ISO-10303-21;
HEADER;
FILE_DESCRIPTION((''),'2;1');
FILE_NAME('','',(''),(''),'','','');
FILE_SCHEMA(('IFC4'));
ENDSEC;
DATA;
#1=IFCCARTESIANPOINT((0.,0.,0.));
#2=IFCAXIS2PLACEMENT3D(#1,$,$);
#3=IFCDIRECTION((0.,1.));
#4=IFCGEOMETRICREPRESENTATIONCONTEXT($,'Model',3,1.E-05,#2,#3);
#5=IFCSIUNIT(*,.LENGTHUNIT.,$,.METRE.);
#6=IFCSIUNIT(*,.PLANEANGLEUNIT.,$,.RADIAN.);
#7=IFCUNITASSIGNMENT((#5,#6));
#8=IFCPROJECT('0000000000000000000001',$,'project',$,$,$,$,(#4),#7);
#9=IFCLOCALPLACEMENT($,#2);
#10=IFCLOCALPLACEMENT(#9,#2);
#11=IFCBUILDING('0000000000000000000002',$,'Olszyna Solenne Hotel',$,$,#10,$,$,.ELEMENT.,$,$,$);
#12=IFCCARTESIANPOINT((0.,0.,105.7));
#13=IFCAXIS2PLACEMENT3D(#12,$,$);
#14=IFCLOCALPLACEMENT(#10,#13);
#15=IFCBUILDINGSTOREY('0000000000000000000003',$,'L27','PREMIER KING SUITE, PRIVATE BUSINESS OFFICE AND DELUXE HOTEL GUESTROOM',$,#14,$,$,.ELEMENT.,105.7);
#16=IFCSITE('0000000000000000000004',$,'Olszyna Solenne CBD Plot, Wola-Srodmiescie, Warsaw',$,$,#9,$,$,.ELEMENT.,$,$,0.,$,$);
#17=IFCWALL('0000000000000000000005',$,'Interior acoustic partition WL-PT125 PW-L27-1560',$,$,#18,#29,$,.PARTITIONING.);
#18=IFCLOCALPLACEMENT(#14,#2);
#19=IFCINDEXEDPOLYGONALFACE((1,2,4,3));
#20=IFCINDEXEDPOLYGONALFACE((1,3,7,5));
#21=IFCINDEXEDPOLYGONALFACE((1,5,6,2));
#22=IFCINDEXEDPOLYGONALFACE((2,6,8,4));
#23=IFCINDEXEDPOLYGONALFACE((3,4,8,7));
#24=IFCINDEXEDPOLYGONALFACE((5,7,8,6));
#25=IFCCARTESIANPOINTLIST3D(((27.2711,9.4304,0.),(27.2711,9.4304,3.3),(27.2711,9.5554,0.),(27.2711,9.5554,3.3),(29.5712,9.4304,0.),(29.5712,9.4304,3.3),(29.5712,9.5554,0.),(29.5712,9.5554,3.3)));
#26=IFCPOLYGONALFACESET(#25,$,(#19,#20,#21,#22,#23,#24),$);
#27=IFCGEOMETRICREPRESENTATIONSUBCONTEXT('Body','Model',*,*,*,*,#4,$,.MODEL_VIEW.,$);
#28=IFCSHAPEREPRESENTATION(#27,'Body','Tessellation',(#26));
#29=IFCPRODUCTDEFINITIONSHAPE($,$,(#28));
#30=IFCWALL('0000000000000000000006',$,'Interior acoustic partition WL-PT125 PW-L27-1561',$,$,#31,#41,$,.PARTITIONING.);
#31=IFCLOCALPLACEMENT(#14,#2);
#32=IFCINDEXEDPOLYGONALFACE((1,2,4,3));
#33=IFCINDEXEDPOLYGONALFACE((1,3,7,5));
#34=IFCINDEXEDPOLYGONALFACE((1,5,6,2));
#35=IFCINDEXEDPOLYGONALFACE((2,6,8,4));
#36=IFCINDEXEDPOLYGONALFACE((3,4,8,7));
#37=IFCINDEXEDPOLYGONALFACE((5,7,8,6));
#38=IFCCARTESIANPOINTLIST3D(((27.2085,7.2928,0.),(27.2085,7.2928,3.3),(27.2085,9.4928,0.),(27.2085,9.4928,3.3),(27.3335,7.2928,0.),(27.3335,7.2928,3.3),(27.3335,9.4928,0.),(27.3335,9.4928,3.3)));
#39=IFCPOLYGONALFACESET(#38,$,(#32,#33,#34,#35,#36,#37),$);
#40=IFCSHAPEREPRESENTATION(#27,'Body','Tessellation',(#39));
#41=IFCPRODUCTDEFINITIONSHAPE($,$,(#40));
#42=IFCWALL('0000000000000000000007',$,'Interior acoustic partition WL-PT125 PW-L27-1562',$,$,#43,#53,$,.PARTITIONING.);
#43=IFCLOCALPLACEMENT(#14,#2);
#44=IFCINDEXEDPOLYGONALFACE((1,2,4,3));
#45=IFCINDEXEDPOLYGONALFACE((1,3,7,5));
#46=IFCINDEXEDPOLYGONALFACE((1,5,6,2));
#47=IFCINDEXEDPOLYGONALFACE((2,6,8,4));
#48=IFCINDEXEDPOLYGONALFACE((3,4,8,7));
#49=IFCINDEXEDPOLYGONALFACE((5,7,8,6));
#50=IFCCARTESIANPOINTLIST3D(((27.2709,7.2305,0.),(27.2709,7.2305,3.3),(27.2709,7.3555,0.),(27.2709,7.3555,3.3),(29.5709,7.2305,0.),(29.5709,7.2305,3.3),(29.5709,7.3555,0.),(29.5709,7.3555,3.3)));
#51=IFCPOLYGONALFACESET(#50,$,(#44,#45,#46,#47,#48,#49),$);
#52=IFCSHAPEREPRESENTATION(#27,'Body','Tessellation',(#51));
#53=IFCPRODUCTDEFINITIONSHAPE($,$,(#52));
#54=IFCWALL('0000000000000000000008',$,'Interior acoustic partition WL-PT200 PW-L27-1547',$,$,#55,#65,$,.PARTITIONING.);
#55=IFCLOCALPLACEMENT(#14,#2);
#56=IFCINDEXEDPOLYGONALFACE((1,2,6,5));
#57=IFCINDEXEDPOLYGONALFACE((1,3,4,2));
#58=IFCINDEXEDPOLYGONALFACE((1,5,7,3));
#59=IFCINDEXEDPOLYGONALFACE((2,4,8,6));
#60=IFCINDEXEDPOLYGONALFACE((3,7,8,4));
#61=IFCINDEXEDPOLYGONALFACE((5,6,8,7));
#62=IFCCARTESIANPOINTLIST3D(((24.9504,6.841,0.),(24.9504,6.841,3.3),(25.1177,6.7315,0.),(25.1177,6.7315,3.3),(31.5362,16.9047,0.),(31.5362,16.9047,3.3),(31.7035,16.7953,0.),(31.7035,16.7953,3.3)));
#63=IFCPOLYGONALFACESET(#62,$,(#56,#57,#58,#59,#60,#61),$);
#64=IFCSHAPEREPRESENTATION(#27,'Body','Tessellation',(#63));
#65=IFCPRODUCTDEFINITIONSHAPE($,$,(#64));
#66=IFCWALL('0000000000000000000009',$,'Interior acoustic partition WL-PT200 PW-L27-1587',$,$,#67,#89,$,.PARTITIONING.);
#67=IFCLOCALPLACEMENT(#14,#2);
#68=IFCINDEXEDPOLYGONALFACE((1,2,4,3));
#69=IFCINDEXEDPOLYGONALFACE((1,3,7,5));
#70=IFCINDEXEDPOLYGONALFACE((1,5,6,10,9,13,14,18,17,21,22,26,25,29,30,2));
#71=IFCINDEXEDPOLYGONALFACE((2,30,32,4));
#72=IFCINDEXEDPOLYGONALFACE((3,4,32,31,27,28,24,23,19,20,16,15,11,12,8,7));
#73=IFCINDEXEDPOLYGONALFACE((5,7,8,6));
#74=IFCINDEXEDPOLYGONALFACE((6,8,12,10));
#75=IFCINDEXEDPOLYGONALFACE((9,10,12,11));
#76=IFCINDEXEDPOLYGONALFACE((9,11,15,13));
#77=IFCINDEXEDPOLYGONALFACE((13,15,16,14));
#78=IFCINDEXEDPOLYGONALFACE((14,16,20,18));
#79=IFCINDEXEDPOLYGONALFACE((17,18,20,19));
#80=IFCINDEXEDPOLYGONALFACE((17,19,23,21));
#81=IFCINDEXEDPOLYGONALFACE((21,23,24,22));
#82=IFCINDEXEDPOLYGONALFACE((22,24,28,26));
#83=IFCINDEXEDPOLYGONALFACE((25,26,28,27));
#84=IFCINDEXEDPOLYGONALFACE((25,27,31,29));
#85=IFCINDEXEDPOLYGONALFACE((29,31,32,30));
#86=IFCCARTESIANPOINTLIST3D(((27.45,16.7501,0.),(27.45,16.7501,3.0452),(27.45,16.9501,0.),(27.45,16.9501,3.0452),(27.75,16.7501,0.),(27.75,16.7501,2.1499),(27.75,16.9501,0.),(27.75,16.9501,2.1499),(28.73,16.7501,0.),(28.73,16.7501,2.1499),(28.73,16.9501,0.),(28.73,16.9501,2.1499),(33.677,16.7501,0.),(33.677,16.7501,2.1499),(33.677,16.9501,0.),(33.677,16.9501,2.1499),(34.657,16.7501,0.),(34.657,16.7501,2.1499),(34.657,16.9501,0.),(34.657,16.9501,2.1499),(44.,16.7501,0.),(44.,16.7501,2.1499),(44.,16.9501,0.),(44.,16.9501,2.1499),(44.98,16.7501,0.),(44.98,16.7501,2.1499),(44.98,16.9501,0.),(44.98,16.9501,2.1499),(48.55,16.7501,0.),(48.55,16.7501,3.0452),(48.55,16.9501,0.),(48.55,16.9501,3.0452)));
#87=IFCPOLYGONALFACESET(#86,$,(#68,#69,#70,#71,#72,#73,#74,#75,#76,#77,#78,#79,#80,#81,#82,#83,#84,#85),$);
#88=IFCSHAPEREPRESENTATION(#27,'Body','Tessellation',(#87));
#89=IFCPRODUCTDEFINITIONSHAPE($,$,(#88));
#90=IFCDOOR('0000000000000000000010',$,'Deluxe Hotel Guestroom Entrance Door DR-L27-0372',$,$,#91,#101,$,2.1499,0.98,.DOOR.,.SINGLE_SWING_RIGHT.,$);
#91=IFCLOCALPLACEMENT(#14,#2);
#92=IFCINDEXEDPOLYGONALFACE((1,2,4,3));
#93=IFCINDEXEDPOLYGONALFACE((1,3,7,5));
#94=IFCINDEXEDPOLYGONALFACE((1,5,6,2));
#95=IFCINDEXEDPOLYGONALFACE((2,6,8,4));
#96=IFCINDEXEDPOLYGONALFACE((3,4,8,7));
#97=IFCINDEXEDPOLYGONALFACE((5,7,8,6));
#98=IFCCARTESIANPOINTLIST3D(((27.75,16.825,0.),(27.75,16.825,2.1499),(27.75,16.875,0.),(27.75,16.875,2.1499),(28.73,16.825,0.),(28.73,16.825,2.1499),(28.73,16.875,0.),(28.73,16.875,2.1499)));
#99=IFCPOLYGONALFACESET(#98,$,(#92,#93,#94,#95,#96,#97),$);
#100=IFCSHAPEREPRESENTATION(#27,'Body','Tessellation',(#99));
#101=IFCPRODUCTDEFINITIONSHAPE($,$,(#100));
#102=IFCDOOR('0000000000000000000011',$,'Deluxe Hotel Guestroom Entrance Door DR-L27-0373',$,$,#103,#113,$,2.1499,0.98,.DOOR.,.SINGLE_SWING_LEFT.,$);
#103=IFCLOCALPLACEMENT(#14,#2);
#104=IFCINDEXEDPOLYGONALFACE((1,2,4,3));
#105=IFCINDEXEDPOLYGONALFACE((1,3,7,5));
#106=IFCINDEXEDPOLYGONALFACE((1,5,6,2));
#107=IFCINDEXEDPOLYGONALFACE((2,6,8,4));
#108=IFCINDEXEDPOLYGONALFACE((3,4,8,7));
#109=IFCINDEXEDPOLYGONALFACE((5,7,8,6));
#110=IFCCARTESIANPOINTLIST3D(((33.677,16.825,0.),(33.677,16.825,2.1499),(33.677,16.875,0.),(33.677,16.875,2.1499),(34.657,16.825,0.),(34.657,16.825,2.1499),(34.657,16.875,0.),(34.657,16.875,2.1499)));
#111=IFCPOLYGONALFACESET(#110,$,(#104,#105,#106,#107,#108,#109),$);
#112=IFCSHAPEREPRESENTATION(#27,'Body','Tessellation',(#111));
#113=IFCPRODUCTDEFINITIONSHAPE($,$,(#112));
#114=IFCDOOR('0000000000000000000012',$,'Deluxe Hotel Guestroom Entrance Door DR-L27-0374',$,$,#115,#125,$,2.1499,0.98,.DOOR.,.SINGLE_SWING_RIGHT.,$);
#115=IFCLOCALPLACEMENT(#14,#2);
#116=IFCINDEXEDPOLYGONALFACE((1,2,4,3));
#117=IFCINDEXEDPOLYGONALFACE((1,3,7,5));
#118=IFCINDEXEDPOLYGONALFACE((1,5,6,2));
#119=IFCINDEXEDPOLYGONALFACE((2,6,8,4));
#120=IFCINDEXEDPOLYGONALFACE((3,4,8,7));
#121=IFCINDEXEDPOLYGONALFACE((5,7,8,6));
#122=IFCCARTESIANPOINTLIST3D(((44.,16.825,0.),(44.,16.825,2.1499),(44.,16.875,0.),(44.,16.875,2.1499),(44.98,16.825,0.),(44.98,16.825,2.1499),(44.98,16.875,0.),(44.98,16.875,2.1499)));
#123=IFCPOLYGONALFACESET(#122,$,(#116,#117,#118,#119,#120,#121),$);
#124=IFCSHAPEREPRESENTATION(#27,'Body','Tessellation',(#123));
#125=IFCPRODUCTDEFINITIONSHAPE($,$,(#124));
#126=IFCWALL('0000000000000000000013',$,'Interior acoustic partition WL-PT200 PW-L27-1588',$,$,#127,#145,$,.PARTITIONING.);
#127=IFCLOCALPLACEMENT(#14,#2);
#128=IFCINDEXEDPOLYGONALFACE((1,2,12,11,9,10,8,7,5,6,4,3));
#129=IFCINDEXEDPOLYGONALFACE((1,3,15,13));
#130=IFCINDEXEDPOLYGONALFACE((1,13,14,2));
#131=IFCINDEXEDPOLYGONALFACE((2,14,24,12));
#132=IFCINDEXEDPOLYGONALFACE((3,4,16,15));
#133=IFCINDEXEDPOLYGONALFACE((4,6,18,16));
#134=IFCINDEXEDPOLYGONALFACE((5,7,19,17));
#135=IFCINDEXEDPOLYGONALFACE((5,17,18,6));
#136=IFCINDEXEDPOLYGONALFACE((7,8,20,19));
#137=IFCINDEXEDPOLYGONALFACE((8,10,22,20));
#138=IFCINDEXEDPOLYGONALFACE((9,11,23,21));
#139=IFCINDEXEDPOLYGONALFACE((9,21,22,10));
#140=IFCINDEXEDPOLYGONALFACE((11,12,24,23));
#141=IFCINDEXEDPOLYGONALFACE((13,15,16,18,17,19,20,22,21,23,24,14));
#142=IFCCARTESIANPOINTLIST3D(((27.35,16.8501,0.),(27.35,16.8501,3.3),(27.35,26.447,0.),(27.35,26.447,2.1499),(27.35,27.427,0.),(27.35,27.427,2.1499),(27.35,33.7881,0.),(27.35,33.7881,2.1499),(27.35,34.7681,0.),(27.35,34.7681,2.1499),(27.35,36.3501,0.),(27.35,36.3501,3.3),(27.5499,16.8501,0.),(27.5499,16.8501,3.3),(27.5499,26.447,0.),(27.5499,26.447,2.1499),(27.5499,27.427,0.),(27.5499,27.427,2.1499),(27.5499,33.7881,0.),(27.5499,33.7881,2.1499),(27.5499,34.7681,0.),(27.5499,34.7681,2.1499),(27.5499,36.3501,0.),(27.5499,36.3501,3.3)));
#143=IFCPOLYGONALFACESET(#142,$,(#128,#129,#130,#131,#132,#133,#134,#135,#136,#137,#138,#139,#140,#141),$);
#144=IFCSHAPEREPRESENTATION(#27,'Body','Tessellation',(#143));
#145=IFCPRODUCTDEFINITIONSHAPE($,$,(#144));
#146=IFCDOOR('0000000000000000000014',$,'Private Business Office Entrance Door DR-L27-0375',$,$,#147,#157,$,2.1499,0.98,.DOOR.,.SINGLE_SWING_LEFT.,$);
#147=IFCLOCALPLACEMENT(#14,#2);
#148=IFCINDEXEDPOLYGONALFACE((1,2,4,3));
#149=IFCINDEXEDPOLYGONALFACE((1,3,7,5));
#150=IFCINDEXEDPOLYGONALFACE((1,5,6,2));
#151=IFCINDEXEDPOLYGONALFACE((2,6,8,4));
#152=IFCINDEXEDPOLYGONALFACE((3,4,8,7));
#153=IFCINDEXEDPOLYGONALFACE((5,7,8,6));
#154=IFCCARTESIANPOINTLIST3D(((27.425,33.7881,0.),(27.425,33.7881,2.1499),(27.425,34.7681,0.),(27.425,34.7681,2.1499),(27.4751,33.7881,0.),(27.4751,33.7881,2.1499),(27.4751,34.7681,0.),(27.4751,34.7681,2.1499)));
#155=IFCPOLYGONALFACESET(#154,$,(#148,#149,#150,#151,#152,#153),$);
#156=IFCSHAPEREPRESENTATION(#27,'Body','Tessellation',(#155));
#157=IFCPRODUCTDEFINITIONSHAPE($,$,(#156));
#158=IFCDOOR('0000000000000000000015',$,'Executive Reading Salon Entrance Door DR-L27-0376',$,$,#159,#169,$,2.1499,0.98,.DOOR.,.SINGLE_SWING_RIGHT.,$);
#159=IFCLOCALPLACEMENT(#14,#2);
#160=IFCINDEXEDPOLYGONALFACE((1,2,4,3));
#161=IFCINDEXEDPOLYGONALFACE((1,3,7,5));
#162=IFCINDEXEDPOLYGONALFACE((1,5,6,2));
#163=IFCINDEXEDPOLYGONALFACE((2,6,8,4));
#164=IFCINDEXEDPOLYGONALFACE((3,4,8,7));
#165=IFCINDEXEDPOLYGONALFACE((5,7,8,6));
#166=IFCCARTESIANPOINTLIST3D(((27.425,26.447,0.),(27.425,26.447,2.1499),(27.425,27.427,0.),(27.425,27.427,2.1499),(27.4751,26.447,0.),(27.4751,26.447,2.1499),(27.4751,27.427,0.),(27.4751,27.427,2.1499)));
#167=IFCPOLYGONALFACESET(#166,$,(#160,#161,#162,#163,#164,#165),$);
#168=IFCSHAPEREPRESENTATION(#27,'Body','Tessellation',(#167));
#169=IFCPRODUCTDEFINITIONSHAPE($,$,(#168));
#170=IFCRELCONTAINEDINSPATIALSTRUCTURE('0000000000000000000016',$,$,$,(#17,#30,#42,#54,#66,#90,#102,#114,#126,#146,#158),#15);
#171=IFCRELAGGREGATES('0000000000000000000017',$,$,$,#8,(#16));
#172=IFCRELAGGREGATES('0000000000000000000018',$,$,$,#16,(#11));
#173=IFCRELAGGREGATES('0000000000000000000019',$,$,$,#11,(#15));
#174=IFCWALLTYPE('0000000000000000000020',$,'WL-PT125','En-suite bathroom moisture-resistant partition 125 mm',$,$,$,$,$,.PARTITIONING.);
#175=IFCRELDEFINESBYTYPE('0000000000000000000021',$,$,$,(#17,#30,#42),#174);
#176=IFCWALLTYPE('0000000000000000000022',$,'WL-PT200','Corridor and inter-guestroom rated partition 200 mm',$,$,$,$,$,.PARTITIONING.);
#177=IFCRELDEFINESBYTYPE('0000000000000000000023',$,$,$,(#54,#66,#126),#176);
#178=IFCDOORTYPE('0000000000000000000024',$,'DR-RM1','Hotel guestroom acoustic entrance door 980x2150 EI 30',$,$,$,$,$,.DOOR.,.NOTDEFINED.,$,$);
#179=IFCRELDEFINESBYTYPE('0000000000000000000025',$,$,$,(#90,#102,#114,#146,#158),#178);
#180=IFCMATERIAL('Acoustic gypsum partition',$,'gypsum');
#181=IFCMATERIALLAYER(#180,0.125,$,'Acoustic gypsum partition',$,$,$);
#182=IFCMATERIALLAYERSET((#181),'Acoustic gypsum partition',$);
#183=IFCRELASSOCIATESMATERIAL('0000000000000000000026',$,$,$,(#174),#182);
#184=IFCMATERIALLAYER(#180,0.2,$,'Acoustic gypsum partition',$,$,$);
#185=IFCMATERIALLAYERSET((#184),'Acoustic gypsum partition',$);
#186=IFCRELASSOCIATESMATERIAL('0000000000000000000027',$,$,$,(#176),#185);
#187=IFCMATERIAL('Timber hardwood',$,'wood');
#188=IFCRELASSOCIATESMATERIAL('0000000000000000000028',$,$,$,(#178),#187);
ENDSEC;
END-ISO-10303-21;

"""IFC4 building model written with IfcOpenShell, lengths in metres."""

from ifc_helpers import new_model, si_unit, direction, frame, frame_2d, origin, place, context, subcontext, project, spatial, rectangle, extrude, source, transform, mapped, material, layer, layer_set, type_object, type_shapes, element, fill, save


model = new_model("IFC4")

# Units and contexts
model_context = context("Model", 3, precision=1e-05, world=origin(), true_north=direction((0.0, 1.0)))
body_context = subcontext(model_context, "Body", "Model", "MODEL_VIEW")
ifc_project = project(units=[si_unit("LENGTHUNIT", "METRE"), si_unit("PLANEANGLEUNIT", "RADIAN")], contexts=[model_context])

# Site, building, storey
site_placement = place(None, origin())
site = spatial("IfcSite", under=ifc_project, at=site_placement, Name="Olszyna Solenne CBD Plot, Wola-Srodmiescie, Warsaw", CompositionType="ELEMENT", RefElevation=0.0)
building_placement = place(site_placement, origin())
building = spatial("IfcBuilding", under=site, at=building_placement, Name="Olszyna Solenne Hotel", CompositionType="ELEMENT")
storey_placement = place(building_placement, frame((0.0, 0.0, 105.7)))
storey = spatial("IfcBuildingStorey", under=building, at=storey_placement, Name="L27", Description="PREMIER KING SUITE, PRIVATE BUSINESS OFFICE AND DELUXE HOTEL GUESTROOM", CompositionType="ELEMENT", Elevation=105.7)

# Shared definitions
ifc_material_1 = material(Name="Timber hardwood", Category="wood")

# Shared definitions
ifc_material_2 = material(Name="Acoustic gypsum partition", Category="gypsum")
ifc_layer_1 = layer(ifc_material_2, 0.125, Name="Acoustic gypsum partition")
ifc_layer_set_1 = layer_set([ifc_layer_1], Name="Acoustic gypsum partition")
wall_type_1 = type_object("IfcWallType", Name="WL-PT125", Description="En-suite bathroom moisture-resistant partition 125 mm", PredefinedType="PARTITIONING", material=ifc_layer_set_1)

# Walls
wall_1_placement = place(storey_placement, frame((29.571, 9.4929, 0.0), z_axis=(0.0, 0.0, 1.0), x_axis=(-1.0, 0.0, 0.0)))
element("IfcWall", 1, at=wall_1_placement, inside=storey, type_object=wall_type_1, Name="Interior acoustic partition WL-PT125 PW-L27-1560", PredefinedType="PARTITIONING", context=body_context, shape_type="SweptSolid", body=[
    extrude(rectangle(XDim=2.3, YDim=0.125, at=frame_2d((1.1499, 0.0))), origin(), (0.0, 0.0, 1.0), 3.3),
])
wall_2_placement = place(storey_placement, frame((27.271, 9.4929, 0.0), z_axis=(0.0, 0.0, 1.0), x_axis=(0.0, -1.0, 0.0)))
element("IfcWall", 2, at=wall_2_placement, inside=storey, type_object=wall_type_1, Name="Interior acoustic partition WL-PT125 PW-L27-1561", PredefinedType="PARTITIONING", context=body_context, shape_type="SweptSolid", body=[
    extrude(rectangle(XDim=2.2, YDim=0.125, at=frame_2d((1.1001, 0.0))), origin(), (0.0, 0.0, 1.0), 3.3),
])
wall_3_placement = place(storey_placement, frame((27.271, 7.293, 0.0), z_axis=(0.0, 0.0, 1.0), x_axis=(1.0, 0.0, 0.0)))
element("IfcWall", 3, at=wall_3_placement, inside=storey, type_object=wall_type_1, Name="Interior acoustic partition WL-PT125 PW-L27-1562", PredefinedType="PARTITIONING", context=body_context, shape_type="SweptSolid", body=[
    extrude(rectangle(XDim=2.3, YDim=0.125, at=frame_2d((1.1499, 0.0))), origin(), (0.0, 0.0, 1.0), 3.3),
])
ifc_layer_2 = layer(ifc_material_2, 0.2, Name="Acoustic gypsum partition")
ifc_layer_set_2 = layer_set([ifc_layer_2], Name="Acoustic gypsum partition")
wall_type_2 = type_object("IfcWallType", Name="WL-PT200", Description="Corridor and inter-guestroom rated partition 200 mm", PredefinedType="PARTITIONING", material=ifc_layer_set_2)
wall_4_placement = place(storey_placement, frame((31.6199, 16.8501, 0.0), z_axis=(0.0, 0.0, 1.0), x_axis=(-0.547574, -0.836757, 0.0)))
element("IfcWall", 4, at=wall_4_placement, inside=storey, type_object=wall_type_2, Name="Interior acoustic partition WL-PT200 PW-L27-1547", PredefinedType="PARTITIONING", context=body_context, shape_type="SweptSolid", body=[
    extrude(rectangle(XDim=12.0271, YDim=0.2, at=frame_2d((6.0137, 0.0))), origin(), (0.0, 0.0, 1.0), 3.3),
])

# Walls, openings, doors
wall_5_placement = place(storey_placement, frame((27.45, 16.8501, 0.0), z_axis=(0.0, 0.0, 1.0), x_axis=(1.0, 0.0, 0.0)))
wall_5 = element("IfcWall", 5, at=wall_5_placement, inside=storey, type_object=wall_type_2, Name="Interior acoustic partition WL-PT200 PW-L27-1587", PredefinedType="PARTITIONING", context=body_context, shape_type="SweptSolid", body=[
    extrude(rectangle(XDim=21.1001, YDim=0.2, at=frame_2d((10.55, 0.0))), origin(), (0.0, 0.0, 1.0), 3.0452),
])
opening_1_placement = place(wall_5_placement, frame((0.3, 0.0, 0.0)))
opening_1 = element("IfcOpeningElement", 6, at=opening_1_placement, cuts=wall_5, PredefinedType="OPENING", context=body_context, shape_type="SweptSolid", body=[
    extrude(rectangle(XDim=0.98, YDim=2.1499, at=frame_2d((0.49, 1.075))), frame((0.0, 0.1099, 0.0), z_axis=(0.0, -1.0, 0.0), x_axis=(1.0, 0.0, 0.0)), (0.0, 0.0, 1.0), 0.22),
])
opening_2_placement = place(wall_5_placement, frame((6.2271, 0.0, 0.0)))
opening_2 = element("IfcOpeningElement", 7, at=opening_2_placement, cuts=wall_5, PredefinedType="OPENING", context=body_context, shape_type="SweptSolid", body=[
    extrude(rectangle(XDim=0.98, YDim=2.1499, at=frame_2d((0.49, 1.075))), frame((0.0, 0.1099, 0.0), z_axis=(0.0, -1.0, 0.0), x_axis=(1.0, 0.0, 0.0)), (0.0, 0.0, 1.0), 0.22),
])
opening_3_placement = place(wall_5_placement, frame((16.55, 0.0, 0.0)))
opening_3 = element("IfcOpeningElement", 8, at=opening_3_placement, cuts=wall_5, PredefinedType="OPENING", context=body_context, shape_type="SweptSolid", body=[
    extrude(rectangle(XDim=0.98, YDim=2.1499, at=frame_2d((0.49, 1.075))), frame((0.0, 0.1099, 0.0), z_axis=(0.0, -1.0, 0.0), x_axis=(1.0, 0.0, 0.0)), (0.0, 0.0, 1.0), 0.22),
])
door_type_1 = type_object("IfcDoorType", Name="DR-RM1", Description="Hotel guestroom acoustic entrance door 980x2150 EI 30", OperationType="NOTDEFINED", PredefinedType="DOOR", material=ifc_material_1)
shared_shape_1 = source(origin(), body_context, "Body", "SweptSolid", [
    extrude(rectangle(XDim=0.98, YDim=2.1499, at=frame_2d((0.49, 1.075))), frame((0.0, 0.0249, 0.0), z_axis=(0.0, -1.0, 0.0), x_axis=(1.0, 0.0, 0.0)), (0.0, 0.0, 1.0), 0.05),
])
type_shapes(door_type_1, [shared_shape_1])
door_1_placement = place(opening_1_placement, origin())
door_1 = element("IfcDoor", 9, at=door_1_placement, inside=storey, type_object=door_type_1, Name="Deluxe Hotel Guestroom Entrance Door DR-L27-0372", OperationType="SINGLE_SWING_RIGHT", OverallHeight=2.1499, OverallWidth=0.98, PredefinedType="DOOR", context=body_context, shape_type="MappedRepresentation", body=[
    mapped(shared_shape_1, transform((0.0, 0.0, 0.0), x_axis=(1.0, 0.0, 0.0), y_axis=(0.0, 1.0, 0.0), z_axis=(0.0, 0.0, 1.0), scale=1.0)),
])
fill(opening_1, door_1)
door_2_placement = place(opening_2_placement, origin())
door_2 = element("IfcDoor", 10, at=door_2_placement, inside=storey, type_object=door_type_1, Name="Deluxe Hotel Guestroom Entrance Door DR-L27-0373", OperationType="SINGLE_SWING_LEFT", OverallHeight=2.1499, OverallWidth=0.98, PredefinedType="DOOR", context=body_context, shape_type="MappedRepresentation", body=[
    mapped(shared_shape_1, transform((0.0, 0.0, 0.0), x_axis=(1.0, 0.0, 0.0), y_axis=(0.0, 1.0, 0.0), z_axis=(0.0, 0.0, 1.0), scale=1.0)),
])
fill(opening_2, door_2)
door_3_placement = place(opening_3_placement, origin())
door_3 = element("IfcDoor", 11, at=door_3_placement, inside=storey, type_object=door_type_1, Name="Deluxe Hotel Guestroom Entrance Door DR-L27-0374", OperationType="SINGLE_SWING_RIGHT", OverallHeight=2.1499, OverallWidth=0.98, PredefinedType="DOOR", context=body_context, shape_type="MappedRepresentation", body=[
    mapped(shared_shape_1, transform((0.0, 0.0, 0.0), x_axis=(1.0, 0.0, 0.0), y_axis=(0.0, 1.0, 0.0), z_axis=(0.0, 0.0, 1.0), scale=1.0)),
])
fill(opening_3, door_3)
wall_6_placement = place(storey_placement, frame((27.45, 16.8501, 0.0), z_axis=(0.0, 0.0, 1.0), x_axis=(0.0, 1.0, 0.0)))
wall_6 = element("IfcWall", 12, at=wall_6_placement, inside=storey, type_object=wall_type_2, Name="Interior acoustic partition WL-PT200 PW-L27-1588", PredefinedType="PARTITIONING", context=body_context, shape_type="SweptSolid", body=[
    extrude(rectangle(XDim=19.5, YDim=0.2, at=frame_2d((9.75, 0.0))), origin(), (0.0, 0.0, 1.0), 3.3),
])
opening_4_placement = place(wall_6_placement, frame((16.938, 0.0, 0.0)))
opening_4 = element("IfcOpeningElement", 13, at=opening_4_placement, cuts=wall_6, PredefinedType="OPENING", context=body_context, shape_type="SweptSolid", body=[
    extrude(rectangle(XDim=0.98, YDim=2.1499, at=frame_2d((0.49, 1.075))), frame((0.0, 0.1099, 0.0), z_axis=(0.0, -1.0, 0.0), x_axis=(1.0, 0.0, 0.0)), (0.0, 0.0, 1.0), 0.22),
])
opening_5_placement = place(wall_6_placement, frame((9.5969, 0.0, 0.0)))
opening_5 = element("IfcOpeningElement", 14, at=opening_5_placement, cuts=wall_6, PredefinedType="OPENING", context=body_context, shape_type="SweptSolid", body=[
    extrude(rectangle(XDim=0.98, YDim=2.1499, at=frame_2d((0.49, 1.075))), frame((0.0, 0.1099, 0.0), z_axis=(0.0, -1.0, 0.0), x_axis=(1.0, 0.0, 0.0)), (0.0, 0.0, 1.0), 0.22),
])
door_4_placement = place(opening_4_placement, origin())
door_4 = element("IfcDoor", 15, at=door_4_placement, inside=storey, type_object=door_type_1, Name="Private Business Office Entrance Door DR-L27-0375", OperationType="SINGLE_SWING_LEFT", OverallHeight=2.1499, OverallWidth=0.98, PredefinedType="DOOR", context=body_context, shape_type="MappedRepresentation", body=[
    mapped(shared_shape_1, transform((0.0, 0.0, 0.0), x_axis=(1.0, 0.0, 0.0), y_axis=(0.0, 1.0, 0.0), z_axis=(0.0, 0.0, 1.0), scale=1.0)),
])
fill(opening_4, door_4)
door_5_placement = place(opening_5_placement, origin())
door_5 = element("IfcDoor", 16, at=door_5_placement, inside=storey, type_object=door_type_1, Name="Executive Reading Salon Entrance Door DR-L27-0376", OperationType="SINGLE_SWING_RIGHT", OverallHeight=2.1499, OverallWidth=0.98, PredefinedType="DOOR", context=body_context, shape_type="MappedRepresentation", body=[
    mapped(shared_shape_1, transform((0.0, 0.0, 0.0), x_axis=(1.0, 0.0, 0.0), y_axis=(0.0, 1.0, 0.0), z_axis=(0.0, 0.0, 1.0), scale=1.0)),
])
fill(opening_5, door_5)

save(model, "model.ifc")
